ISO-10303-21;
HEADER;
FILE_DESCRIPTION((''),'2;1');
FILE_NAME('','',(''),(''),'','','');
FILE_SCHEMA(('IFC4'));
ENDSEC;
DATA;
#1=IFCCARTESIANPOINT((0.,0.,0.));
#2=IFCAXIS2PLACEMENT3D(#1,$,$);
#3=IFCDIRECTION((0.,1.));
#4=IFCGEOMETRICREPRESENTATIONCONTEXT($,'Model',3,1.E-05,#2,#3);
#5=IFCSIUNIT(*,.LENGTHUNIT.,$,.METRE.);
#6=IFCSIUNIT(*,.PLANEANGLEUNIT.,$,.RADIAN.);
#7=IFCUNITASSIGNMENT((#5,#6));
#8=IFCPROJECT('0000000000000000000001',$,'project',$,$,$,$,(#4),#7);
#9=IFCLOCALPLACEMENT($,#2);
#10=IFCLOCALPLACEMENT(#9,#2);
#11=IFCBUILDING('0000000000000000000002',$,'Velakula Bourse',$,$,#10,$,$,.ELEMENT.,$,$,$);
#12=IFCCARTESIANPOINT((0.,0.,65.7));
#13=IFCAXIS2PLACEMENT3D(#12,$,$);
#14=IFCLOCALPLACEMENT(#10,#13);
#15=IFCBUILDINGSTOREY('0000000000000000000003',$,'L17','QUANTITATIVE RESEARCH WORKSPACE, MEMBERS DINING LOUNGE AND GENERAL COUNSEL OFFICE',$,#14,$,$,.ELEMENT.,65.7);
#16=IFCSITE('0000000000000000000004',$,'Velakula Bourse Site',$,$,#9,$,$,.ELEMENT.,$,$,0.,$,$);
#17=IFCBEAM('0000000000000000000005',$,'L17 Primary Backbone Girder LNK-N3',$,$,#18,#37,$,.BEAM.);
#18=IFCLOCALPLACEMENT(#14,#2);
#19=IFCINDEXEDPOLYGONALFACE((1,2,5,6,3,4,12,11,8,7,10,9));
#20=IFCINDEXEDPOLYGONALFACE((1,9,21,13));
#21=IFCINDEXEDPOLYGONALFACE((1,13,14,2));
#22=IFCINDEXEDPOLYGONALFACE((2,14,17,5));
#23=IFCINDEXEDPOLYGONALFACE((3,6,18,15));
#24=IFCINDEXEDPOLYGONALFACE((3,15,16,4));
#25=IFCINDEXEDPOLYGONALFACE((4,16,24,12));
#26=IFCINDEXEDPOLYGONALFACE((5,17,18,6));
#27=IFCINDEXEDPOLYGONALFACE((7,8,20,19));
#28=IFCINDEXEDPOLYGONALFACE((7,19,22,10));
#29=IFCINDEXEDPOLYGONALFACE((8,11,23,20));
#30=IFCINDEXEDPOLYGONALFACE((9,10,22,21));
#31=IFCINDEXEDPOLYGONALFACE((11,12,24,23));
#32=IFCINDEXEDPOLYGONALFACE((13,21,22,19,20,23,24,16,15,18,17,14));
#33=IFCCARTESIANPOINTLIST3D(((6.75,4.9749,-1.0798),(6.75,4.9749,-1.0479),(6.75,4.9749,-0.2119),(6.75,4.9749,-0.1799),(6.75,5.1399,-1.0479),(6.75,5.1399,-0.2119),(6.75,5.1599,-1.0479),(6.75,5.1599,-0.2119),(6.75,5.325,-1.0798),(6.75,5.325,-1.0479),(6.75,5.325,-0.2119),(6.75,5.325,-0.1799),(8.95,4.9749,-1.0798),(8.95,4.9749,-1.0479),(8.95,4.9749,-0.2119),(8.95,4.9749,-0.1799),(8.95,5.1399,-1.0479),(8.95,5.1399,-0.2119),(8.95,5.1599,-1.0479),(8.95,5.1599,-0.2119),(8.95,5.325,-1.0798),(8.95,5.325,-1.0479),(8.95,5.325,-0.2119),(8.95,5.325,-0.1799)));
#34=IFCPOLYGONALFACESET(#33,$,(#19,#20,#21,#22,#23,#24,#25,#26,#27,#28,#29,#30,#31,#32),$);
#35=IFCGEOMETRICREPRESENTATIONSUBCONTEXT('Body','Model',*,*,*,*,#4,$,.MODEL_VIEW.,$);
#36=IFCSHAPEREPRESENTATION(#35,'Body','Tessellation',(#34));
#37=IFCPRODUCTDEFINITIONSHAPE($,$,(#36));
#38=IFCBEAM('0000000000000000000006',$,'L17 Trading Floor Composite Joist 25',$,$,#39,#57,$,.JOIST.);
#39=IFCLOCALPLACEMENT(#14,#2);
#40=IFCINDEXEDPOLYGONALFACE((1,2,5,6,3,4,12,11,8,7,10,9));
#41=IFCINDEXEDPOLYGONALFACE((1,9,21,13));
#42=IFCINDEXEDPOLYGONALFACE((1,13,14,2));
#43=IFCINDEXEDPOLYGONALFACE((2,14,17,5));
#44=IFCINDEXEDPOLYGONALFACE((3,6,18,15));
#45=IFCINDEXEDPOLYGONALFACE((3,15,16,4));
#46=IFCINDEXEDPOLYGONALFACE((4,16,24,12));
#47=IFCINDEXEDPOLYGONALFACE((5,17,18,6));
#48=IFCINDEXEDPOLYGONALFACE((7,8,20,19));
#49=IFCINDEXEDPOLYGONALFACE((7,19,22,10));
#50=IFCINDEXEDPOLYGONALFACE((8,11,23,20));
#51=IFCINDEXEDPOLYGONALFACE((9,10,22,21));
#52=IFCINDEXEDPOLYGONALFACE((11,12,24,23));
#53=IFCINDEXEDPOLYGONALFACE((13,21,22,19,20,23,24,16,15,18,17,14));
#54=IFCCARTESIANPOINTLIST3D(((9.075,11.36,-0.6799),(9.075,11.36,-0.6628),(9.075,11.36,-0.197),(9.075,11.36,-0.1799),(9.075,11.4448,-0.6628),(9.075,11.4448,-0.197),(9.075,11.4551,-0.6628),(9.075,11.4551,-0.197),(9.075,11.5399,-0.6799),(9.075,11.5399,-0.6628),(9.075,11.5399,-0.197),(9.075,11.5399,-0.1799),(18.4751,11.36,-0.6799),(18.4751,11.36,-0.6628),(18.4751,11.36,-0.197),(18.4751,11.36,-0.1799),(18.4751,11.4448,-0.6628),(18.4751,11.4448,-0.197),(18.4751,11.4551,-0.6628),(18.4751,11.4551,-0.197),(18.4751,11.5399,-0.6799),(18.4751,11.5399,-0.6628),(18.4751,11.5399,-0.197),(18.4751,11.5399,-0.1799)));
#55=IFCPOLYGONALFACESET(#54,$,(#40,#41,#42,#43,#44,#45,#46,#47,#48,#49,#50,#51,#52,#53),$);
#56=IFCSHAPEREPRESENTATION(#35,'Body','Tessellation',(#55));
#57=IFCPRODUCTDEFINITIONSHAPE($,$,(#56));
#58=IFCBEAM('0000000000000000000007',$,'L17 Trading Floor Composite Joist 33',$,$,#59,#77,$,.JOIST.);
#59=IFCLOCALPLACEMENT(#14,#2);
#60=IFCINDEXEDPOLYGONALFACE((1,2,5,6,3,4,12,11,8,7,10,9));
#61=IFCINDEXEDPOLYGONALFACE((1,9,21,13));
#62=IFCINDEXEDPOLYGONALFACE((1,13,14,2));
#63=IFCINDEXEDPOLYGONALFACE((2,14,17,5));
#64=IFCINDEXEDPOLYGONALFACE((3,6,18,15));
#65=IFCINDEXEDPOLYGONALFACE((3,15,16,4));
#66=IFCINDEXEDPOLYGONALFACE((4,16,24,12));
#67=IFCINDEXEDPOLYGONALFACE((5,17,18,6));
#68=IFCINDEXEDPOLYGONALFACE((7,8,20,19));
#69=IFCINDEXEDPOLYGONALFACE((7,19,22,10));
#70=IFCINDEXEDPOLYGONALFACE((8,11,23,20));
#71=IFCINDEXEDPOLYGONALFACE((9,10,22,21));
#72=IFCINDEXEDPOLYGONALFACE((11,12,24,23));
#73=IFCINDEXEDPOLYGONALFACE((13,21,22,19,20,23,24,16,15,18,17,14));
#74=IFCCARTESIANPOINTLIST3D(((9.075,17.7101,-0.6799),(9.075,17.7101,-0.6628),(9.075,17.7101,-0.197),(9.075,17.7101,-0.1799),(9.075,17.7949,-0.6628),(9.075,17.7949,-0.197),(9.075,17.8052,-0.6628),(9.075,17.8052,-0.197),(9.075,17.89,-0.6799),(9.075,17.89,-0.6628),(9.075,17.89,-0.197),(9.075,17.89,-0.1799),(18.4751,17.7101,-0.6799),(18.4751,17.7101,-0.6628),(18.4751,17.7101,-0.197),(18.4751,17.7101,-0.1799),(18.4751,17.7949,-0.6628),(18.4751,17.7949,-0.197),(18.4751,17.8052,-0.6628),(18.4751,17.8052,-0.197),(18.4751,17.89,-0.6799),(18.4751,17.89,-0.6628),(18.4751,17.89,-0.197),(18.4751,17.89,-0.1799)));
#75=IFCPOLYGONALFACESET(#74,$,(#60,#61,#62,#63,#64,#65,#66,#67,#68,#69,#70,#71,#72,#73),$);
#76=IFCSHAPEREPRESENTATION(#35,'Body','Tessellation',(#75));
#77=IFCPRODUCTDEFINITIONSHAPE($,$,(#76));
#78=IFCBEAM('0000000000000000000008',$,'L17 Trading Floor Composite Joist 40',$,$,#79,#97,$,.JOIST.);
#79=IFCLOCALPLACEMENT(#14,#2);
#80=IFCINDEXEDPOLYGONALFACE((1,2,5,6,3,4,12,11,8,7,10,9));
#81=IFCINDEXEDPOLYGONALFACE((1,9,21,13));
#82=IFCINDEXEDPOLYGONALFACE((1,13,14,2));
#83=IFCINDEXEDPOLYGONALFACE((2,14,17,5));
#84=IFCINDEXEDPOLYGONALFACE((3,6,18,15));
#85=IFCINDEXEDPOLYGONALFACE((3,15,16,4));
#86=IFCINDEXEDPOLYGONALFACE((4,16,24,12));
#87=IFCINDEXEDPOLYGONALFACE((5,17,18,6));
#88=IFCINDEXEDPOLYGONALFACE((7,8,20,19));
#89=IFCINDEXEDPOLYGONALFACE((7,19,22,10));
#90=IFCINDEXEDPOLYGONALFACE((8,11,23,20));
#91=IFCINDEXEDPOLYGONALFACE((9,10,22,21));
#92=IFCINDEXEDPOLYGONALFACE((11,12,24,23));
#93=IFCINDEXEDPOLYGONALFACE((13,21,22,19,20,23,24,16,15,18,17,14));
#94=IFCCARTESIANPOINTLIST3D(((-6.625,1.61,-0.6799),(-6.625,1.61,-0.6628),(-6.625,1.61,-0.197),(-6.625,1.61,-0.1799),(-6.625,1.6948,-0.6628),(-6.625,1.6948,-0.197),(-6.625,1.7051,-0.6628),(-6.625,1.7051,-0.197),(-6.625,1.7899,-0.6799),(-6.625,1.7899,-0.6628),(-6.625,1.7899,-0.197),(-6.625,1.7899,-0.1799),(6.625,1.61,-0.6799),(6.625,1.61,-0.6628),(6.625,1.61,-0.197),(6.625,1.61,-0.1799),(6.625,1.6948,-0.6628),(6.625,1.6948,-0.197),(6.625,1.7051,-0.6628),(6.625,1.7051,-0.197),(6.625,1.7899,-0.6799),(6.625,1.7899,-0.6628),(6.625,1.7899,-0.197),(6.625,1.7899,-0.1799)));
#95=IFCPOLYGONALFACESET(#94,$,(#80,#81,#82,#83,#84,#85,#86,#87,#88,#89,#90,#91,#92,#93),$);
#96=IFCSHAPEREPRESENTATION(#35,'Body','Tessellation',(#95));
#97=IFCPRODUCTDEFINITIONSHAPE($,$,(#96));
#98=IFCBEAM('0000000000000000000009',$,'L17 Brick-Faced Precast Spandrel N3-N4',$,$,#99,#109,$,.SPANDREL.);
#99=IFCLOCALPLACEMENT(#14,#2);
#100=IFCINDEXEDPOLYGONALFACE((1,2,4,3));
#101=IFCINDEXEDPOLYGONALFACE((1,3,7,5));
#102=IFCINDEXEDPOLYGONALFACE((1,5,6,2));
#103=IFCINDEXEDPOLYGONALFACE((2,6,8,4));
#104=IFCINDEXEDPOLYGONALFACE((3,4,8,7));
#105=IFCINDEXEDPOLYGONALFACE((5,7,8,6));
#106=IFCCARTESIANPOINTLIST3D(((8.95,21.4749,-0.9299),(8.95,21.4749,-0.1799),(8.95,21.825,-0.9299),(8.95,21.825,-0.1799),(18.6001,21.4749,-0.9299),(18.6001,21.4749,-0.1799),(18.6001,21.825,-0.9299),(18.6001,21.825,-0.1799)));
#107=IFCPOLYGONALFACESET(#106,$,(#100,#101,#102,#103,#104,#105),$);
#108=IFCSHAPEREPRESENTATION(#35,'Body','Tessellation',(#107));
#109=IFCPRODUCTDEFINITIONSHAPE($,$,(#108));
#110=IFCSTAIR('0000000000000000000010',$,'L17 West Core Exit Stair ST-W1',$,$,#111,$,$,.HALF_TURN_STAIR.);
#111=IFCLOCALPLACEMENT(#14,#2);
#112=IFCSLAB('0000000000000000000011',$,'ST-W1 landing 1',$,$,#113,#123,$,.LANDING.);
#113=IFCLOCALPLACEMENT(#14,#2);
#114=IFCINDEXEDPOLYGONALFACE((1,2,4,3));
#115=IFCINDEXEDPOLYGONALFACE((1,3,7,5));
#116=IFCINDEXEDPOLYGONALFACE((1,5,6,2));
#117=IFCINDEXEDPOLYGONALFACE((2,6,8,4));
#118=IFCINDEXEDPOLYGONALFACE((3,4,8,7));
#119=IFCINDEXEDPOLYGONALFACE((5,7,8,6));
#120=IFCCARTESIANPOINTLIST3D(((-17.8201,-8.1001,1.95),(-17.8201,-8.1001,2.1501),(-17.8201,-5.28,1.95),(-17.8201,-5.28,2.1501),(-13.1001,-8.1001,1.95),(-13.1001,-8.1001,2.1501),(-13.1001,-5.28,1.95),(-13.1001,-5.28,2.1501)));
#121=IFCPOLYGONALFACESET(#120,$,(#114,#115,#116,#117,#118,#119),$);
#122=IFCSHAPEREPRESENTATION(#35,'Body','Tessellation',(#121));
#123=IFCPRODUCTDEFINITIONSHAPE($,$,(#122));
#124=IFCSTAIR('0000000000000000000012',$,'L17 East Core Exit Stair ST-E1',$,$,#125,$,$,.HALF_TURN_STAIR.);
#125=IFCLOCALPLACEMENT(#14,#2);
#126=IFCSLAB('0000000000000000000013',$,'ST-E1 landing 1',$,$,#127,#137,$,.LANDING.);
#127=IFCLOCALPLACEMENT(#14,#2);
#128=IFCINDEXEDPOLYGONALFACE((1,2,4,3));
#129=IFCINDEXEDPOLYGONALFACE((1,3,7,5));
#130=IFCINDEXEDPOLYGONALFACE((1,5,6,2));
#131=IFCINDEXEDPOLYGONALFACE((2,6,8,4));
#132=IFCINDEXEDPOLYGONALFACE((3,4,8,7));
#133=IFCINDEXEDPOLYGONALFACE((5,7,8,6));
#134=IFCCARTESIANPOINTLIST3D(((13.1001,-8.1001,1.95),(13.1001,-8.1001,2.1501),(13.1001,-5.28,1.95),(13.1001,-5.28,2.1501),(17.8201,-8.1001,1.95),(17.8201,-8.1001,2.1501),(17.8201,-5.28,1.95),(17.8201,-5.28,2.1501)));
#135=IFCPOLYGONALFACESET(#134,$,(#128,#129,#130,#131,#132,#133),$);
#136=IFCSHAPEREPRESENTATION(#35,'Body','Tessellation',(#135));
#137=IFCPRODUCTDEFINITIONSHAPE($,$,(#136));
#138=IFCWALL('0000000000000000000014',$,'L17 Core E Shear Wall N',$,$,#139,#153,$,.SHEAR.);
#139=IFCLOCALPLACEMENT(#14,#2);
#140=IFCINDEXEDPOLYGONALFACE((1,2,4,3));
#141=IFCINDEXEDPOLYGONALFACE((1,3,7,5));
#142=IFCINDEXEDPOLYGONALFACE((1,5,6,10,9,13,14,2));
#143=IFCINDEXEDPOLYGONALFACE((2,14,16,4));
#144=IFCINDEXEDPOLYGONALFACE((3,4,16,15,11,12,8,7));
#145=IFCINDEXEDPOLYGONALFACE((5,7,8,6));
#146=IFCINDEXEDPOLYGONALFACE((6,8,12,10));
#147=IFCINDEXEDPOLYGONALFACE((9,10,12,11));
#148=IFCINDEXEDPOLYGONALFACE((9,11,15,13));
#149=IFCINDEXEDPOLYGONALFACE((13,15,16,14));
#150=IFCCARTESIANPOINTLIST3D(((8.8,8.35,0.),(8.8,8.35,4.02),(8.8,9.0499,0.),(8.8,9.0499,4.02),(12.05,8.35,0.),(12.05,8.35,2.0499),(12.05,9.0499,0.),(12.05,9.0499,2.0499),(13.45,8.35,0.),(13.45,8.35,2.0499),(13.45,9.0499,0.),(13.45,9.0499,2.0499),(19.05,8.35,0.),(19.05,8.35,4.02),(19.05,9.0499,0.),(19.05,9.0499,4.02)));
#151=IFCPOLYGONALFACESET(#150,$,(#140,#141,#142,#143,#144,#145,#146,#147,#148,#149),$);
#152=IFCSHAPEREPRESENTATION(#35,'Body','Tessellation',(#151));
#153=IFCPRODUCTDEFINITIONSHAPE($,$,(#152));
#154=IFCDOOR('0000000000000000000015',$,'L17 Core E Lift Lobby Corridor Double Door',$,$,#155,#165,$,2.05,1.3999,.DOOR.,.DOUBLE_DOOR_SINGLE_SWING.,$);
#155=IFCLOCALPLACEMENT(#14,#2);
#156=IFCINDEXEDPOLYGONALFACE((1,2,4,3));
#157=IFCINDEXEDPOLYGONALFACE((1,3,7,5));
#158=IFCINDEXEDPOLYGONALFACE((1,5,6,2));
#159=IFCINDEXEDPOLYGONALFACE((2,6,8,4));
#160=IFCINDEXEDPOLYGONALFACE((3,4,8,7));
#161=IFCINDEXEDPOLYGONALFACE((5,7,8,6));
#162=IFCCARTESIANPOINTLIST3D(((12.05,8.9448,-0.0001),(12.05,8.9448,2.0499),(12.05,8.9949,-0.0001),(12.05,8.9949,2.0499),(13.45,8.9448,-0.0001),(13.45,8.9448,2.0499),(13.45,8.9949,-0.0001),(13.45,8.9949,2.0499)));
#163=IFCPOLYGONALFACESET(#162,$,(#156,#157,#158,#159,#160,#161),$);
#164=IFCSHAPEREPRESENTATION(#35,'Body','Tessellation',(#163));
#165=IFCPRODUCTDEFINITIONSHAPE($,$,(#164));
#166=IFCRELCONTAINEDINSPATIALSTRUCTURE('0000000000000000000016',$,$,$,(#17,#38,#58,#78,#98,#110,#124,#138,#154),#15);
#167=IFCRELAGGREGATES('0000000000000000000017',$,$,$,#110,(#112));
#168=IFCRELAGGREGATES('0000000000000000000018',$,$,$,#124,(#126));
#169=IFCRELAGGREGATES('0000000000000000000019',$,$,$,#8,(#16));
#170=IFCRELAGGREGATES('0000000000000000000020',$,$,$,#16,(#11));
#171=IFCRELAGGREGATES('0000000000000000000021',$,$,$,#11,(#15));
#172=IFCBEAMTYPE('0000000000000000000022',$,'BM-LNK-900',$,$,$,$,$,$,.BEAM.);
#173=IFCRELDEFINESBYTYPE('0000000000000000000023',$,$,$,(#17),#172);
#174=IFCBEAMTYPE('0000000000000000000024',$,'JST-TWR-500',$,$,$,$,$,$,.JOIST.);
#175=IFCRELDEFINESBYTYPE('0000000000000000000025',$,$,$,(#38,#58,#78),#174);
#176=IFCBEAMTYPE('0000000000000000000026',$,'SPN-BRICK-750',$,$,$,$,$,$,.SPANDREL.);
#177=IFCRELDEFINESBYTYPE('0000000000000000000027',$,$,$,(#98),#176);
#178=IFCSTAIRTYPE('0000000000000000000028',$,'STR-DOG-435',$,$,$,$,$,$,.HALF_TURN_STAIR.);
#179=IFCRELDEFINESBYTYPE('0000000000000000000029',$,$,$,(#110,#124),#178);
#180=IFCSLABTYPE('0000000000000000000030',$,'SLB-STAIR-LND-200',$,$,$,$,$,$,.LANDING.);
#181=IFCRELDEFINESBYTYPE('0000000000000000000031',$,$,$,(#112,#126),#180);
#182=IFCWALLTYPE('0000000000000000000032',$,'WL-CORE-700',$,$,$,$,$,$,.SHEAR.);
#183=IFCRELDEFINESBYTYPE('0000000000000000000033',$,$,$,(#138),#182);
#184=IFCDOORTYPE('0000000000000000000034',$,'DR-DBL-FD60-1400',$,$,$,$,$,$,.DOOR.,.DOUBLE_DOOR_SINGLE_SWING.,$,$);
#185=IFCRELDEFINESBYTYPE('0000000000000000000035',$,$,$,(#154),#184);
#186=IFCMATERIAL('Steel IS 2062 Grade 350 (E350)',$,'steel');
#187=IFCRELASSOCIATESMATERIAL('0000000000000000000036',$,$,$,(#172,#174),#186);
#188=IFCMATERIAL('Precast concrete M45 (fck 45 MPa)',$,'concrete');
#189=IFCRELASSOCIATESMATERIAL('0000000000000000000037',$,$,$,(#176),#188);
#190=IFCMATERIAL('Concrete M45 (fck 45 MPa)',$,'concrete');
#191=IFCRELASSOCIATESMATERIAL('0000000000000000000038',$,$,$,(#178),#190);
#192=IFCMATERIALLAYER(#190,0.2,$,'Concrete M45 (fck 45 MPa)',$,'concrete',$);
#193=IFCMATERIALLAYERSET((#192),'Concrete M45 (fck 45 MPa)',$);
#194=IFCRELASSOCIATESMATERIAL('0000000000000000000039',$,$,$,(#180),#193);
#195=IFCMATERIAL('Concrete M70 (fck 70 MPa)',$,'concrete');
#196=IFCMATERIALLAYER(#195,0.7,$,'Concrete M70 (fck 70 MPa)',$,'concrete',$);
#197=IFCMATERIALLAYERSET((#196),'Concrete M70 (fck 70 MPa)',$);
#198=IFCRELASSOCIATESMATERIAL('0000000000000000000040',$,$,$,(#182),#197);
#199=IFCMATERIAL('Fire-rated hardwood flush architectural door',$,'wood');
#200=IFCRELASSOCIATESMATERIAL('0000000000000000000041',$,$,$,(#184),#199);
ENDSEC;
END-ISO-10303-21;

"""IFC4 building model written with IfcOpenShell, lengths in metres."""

from ifc_helpers import new_model, si_unit, direction, frame, frame_2d, origin, origin_2d, place, context, subcontext, project, spatial, polyline, rectangle, i_section, outline, extrude, material, layer, layer_set, material_profile, profile_set, type_object, element, fill, aggregate, save


model = new_model("IFC4")

# Units and contexts
model_context = context("Model", 3, precision=1e-05, world=origin(), true_north=direction((0.0, 1.0)))
body_context = subcontext(model_context, "Body", "Model", "MODEL_VIEW")
ifc_project = project(units=[si_unit("LENGTHUNIT", "METRE"), si_unit("PLANEANGLEUNIT", "RADIAN")], contexts=[model_context])

# Site, building, storey
site_placement = place(None, origin())
site = spatial("IfcSite", under=ifc_project, at=site_placement, Name="Velakula Bourse Site", CompositionType="ELEMENT", RefElevation=0.0)
building_placement = place(site_placement, origin())
building = spatial("IfcBuilding", under=site, at=building_placement, Name="Velakula Bourse", CompositionType="ELEMENT")
storey_placement = place(building_placement, frame((0.0, 0.0, 65.7)))
storey = spatial("IfcBuildingStorey", under=building, at=storey_placement, Name="L17", Description="QUANTITATIVE RESEARCH WORKSPACE, MEMBERS DINING LOUNGE AND GENERAL COUNSEL OFFICE", CompositionType="ELEMENT", Elevation=65.7)

# Shared definitions
ifc_material_1 = material(Name="Concrete M70 (fck 70 MPa)", Category="concrete")

# Beams
ifc_material_2 = material(Name="Steel IS 2062 Grade 350 (E350)", Category="steel")
ifc_material_profile_1 = material_profile(ifc_material_2, i_section(OverallWidth=0.3501, OverallDepth=0.8999, WebThickness=0.02, FlangeThickness=0.032, at=origin_2d()), Name="Steel IS 2062 Grade 350 (E350)")
ifc_profile_set_1 = profile_set([ifc_material_profile_1], Name="Steel IS 2062 Grade 350 (E350)")
beam_type_1 = type_object("IfcBeamType", Name="BM-LNK-900", PredefinedType="BEAM", material=ifc_profile_set_1)
beam_1_placement = place(storey_placement, frame((6.75, 5.1499, -0.6299), z_axis=(1.0, 0.0, 0.0), x_axis=(0.0, 1.0, 0.0)))
element("IfcBeam", 1, at=beam_1_placement, inside=storey, type_object=beam_type_1, Name="L17 Primary Backbone Girder LNK-N3", PredefinedType="BEAM", context=body_context, shape_type="SweptSolid", body=[
    extrude(i_section(OverallWidth=0.3501, OverallDepth=0.8999, WebThickness=0.02, FlangeThickness=0.032, at=origin_2d()), origin(), (0.0, 0.0, 1.0), 2.2),
])
ifc_material_profile_2 = material_profile(ifc_material_2, i_section(OverallWidth=0.1799, OverallDepth=0.5, WebThickness=0.0103, FlangeThickness=0.0171, at=origin_2d()), Name="Steel IS 2062 Grade 350 (E350)")
ifc_profile_set_2 = profile_set([ifc_material_profile_2], Name="Steel IS 2062 Grade 350 (E350)")
beam_type_2 = type_object("IfcBeamType", Name="JST-TWR-500", PredefinedType="JOIST", material=ifc_profile_set_2)
for number, where, z_axis, x_axis, name in (
    (2, (9.075, 11.45, -0.4299), (1.0, 0.0, 0.0), (0.0, 1.0, 0.0), "L17 Trading Floor Composite Joist 25"),
    (3, (9.075, 17.8, -0.4299), (1.0, 0.0, 0.0), (0.0, 1.0, 0.0), "L17 Trading Floor Composite Joist 33"),
):
    element("IfcBeam", number, at=place(storey_placement, frame(where, z_axis=z_axis, x_axis=x_axis)), inside=storey, type_object=beam_type_2, Name=name, PredefinedType="JOIST", context=body_context, shape_type="SweptSolid", body=[
        extrude(i_section(OverallWidth=0.1799, OverallDepth=0.5, WebThickness=0.0103, FlangeThickness=0.0171, at=origin_2d()), origin(), (0.0, 0.0, 1.0), 9.4001),
    ])
beam_2_placement = place(storey_placement, frame((-6.625, 1.7, -0.4299), z_axis=(1.0, 0.0, 0.0), x_axis=(0.0, 1.0, 0.0)))
element("IfcBeam", 4, at=beam_2_placement, inside=storey, type_object=beam_type_2, Name="L17 Trading Floor Composite Joist 40", PredefinedType="JOIST", context=body_context, shape_type="SweptSolid", body=[
    extrude(i_section(OverallWidth=0.1799, OverallDepth=0.5, WebThickness=0.0103, FlangeThickness=0.0171, at=origin_2d()), origin(), (0.0, 0.0, 1.0), 13.25),
])
ifc_material_3 = material(Name="Precast concrete M45 (fck 45 MPa)", Category="concrete")
ifc_material_profile_3 = material_profile(ifc_material_3, rectangle(XDim=0.3501, YDim=0.75, at=origin_2d()), Name="Precast concrete M45 (fck 45 MPa)")
ifc_profile_set_3 = profile_set([ifc_material_profile_3], Name="Precast concrete M45 (fck 45 MPa)")
beam_type_3 = type_object("IfcBeamType", Name="SPN-BRICK-750", PredefinedType="SPANDREL", material=ifc_profile_set_3)
beam_3_placement = place(storey_placement, frame((8.95, 21.6499, -0.5549), z_axis=(1.0, 0.0, 0.0), x_axis=(0.0, 1.0, 0.0)))
element("IfcBeam", 5, at=beam_3_placement, inside=storey, type_object=beam_type_3, Name="L17 Brick-Faced Precast Spandrel N3-N4", PredefinedType="SPANDREL", context=body_context, shape_type="SweptSolid", body=[
    extrude(rectangle(XDim=0.3501, YDim=0.75, at=origin_2d()), origin(), (0.0, 0.0, 1.0), 9.6501),
])

# Stairs, slabs
ifc_material_4 = material(Name="Concrete M45 (fck 45 MPa)", Category="concrete")
stair_type = type_object("IfcStairType", Name="STR-DOG-435", PredefinedType="HALF_TURN_STAIR", material=ifc_material_4)
stair_1_placement = place(storey_placement, origin())
stair_1 = element("IfcStair", 6, at=stair_1_placement, inside=storey, type_object=stair_type, Name="L17 West Core Exit Stair ST-W1", PredefinedType="HALF_TURN_STAIR")
ifc_layer_1 = layer(ifc_material_4, 0.2, Name="Concrete M45 (fck 45 MPa)", Category="concrete")
ifc_layer_set_1 = layer_set([ifc_layer_1], Name="Concrete M45 (fck 45 MPa)")
slab_type = type_object("IfcSlabType", Name="SLB-STAIR-LND-200", PredefinedType="LANDING", material=ifc_layer_set_1)
slab_1_placement = place(storey_placement, frame((0.0, 0.0, 1.95)))
slab_1 = element("IfcSlab", 7, at=slab_1_placement, type_object=slab_type, Name="ST-W1 landing 1", PredefinedType="LANDING", context=body_context, shape_type="SweptSolid", body=[
    extrude(outline(polyline([(-17.8201, -5.28), (-17.8201, -8.1001), (-13.1001, -8.1001), (-13.1001, -5.28), (-17.8201, -5.28)])), origin(), (0.0, 0.0, 1.0), 0.2002),
])
aggregate(stair_1, [slab_1])
stair_2_placement = place(storey_placement, origin())
stair_2 = element("IfcStair", 8, at=stair_2_placement, inside=storey, type_object=stair_type, Name="L17 East Core Exit Stair ST-E1", PredefinedType="HALF_TURN_STAIR")
slab_2_placement = place(storey_placement, frame((0.0, 0.0, 1.95)))
slab_2 = element("IfcSlab", 9, at=slab_2_placement, type_object=slab_type, Name="ST-E1 landing 1", PredefinedType="LANDING", context=body_context, shape_type="SweptSolid", body=[
    extrude(outline(polyline([(13.1001, -5.28), (13.1001, -8.1001), (17.8201, -8.1001), (17.8201, -5.28), (13.1001, -5.28)])), origin(), (0.0, 0.0, 1.0), 0.2002),
])
aggregate(stair_2, [slab_2])

# Wall, opening, door
ifc_layer_2 = layer(ifc_material_1, 0.7, Name="Concrete M70 (fck 70 MPa)", Category="concrete")
ifc_layer_set_2 = layer_set([ifc_layer_2], Name="Concrete M70 (fck 70 MPa)")
wall_type_1 = type_object("IfcWallType", Name="WL-CORE-700", PredefinedType="SHEAR", material=ifc_layer_set_2)
wall_1_placement = place(storey_placement, frame((8.8, 8.7, 0.0), z_axis=(0.0, 0.0, 1.0), x_axis=(1.0, 0.0, 0.0)))
wall_1 = element("IfcWall", 10, at=wall_1_placement, inside=storey, type_object=wall_type_1, Name="L17 Core E Shear Wall N", PredefinedType="SHEAR", context=body_context, shape_type="SweptSolid", body=[
    extrude(rectangle(XDim=10.25, YDim=0.7, at=frame_2d((5.125, 0.0))), origin(), (0.0, 0.0, 1.0), 4.02),
])
opening_1_placement = place(wall_1_placement, frame((3.25, 0.0, 0.0)))
opening_1 = element("IfcOpeningElement", 11, at=opening_1_placement, cuts=wall_1, PredefinedType="OPENING", context=body_context, shape_type="SweptSolid", body=[
    extrude(rectangle(XDim=1.3999, YDim=2.05, at=frame_2d((0.7, 1.0249))), frame((0.0, 0.3599, 0.0), z_axis=(0.0, -1.0, 0.0), x_axis=(1.0, 0.0, 0.0)), (0.0, 0.0, 1.0), 0.72),
])
ifc_material_5 = material(Name="Fire-rated hardwood flush architectural door", Category="wood")
door_type = type_object("IfcDoorType", Name="DR-DBL-FD60-1400", OperationType="DOUBLE_DOOR_SINGLE_SWING", PredefinedType="DOOR", material=ifc_material_5)
door_placement = place(opening_1_placement, origin())
door = element("IfcDoor", 12, at=door_placement, inside=storey, type_object=door_type, Name="L17 Core E Lift Lobby Corridor Double Door", OperationType="DOUBLE_DOOR_SINGLE_SWING", OverallHeight=2.05, OverallWidth=1.3999, PredefinedType="DOOR", context=body_context, shape_type="SweptSolid", body=[
    extrude(rectangle(XDim=1.3999, YDim=2.05, at=frame_2d((0.7, 1.0249))), frame((0.0, 0.2949, 0.0), z_axis=(0.0, -1.0, 0.0), x_axis=(1.0, 0.0, 0.0)), (0.0, 0.0, 1.0), 0.05),
])
fill(opening_1, door)

save(model, "model.ifc")
